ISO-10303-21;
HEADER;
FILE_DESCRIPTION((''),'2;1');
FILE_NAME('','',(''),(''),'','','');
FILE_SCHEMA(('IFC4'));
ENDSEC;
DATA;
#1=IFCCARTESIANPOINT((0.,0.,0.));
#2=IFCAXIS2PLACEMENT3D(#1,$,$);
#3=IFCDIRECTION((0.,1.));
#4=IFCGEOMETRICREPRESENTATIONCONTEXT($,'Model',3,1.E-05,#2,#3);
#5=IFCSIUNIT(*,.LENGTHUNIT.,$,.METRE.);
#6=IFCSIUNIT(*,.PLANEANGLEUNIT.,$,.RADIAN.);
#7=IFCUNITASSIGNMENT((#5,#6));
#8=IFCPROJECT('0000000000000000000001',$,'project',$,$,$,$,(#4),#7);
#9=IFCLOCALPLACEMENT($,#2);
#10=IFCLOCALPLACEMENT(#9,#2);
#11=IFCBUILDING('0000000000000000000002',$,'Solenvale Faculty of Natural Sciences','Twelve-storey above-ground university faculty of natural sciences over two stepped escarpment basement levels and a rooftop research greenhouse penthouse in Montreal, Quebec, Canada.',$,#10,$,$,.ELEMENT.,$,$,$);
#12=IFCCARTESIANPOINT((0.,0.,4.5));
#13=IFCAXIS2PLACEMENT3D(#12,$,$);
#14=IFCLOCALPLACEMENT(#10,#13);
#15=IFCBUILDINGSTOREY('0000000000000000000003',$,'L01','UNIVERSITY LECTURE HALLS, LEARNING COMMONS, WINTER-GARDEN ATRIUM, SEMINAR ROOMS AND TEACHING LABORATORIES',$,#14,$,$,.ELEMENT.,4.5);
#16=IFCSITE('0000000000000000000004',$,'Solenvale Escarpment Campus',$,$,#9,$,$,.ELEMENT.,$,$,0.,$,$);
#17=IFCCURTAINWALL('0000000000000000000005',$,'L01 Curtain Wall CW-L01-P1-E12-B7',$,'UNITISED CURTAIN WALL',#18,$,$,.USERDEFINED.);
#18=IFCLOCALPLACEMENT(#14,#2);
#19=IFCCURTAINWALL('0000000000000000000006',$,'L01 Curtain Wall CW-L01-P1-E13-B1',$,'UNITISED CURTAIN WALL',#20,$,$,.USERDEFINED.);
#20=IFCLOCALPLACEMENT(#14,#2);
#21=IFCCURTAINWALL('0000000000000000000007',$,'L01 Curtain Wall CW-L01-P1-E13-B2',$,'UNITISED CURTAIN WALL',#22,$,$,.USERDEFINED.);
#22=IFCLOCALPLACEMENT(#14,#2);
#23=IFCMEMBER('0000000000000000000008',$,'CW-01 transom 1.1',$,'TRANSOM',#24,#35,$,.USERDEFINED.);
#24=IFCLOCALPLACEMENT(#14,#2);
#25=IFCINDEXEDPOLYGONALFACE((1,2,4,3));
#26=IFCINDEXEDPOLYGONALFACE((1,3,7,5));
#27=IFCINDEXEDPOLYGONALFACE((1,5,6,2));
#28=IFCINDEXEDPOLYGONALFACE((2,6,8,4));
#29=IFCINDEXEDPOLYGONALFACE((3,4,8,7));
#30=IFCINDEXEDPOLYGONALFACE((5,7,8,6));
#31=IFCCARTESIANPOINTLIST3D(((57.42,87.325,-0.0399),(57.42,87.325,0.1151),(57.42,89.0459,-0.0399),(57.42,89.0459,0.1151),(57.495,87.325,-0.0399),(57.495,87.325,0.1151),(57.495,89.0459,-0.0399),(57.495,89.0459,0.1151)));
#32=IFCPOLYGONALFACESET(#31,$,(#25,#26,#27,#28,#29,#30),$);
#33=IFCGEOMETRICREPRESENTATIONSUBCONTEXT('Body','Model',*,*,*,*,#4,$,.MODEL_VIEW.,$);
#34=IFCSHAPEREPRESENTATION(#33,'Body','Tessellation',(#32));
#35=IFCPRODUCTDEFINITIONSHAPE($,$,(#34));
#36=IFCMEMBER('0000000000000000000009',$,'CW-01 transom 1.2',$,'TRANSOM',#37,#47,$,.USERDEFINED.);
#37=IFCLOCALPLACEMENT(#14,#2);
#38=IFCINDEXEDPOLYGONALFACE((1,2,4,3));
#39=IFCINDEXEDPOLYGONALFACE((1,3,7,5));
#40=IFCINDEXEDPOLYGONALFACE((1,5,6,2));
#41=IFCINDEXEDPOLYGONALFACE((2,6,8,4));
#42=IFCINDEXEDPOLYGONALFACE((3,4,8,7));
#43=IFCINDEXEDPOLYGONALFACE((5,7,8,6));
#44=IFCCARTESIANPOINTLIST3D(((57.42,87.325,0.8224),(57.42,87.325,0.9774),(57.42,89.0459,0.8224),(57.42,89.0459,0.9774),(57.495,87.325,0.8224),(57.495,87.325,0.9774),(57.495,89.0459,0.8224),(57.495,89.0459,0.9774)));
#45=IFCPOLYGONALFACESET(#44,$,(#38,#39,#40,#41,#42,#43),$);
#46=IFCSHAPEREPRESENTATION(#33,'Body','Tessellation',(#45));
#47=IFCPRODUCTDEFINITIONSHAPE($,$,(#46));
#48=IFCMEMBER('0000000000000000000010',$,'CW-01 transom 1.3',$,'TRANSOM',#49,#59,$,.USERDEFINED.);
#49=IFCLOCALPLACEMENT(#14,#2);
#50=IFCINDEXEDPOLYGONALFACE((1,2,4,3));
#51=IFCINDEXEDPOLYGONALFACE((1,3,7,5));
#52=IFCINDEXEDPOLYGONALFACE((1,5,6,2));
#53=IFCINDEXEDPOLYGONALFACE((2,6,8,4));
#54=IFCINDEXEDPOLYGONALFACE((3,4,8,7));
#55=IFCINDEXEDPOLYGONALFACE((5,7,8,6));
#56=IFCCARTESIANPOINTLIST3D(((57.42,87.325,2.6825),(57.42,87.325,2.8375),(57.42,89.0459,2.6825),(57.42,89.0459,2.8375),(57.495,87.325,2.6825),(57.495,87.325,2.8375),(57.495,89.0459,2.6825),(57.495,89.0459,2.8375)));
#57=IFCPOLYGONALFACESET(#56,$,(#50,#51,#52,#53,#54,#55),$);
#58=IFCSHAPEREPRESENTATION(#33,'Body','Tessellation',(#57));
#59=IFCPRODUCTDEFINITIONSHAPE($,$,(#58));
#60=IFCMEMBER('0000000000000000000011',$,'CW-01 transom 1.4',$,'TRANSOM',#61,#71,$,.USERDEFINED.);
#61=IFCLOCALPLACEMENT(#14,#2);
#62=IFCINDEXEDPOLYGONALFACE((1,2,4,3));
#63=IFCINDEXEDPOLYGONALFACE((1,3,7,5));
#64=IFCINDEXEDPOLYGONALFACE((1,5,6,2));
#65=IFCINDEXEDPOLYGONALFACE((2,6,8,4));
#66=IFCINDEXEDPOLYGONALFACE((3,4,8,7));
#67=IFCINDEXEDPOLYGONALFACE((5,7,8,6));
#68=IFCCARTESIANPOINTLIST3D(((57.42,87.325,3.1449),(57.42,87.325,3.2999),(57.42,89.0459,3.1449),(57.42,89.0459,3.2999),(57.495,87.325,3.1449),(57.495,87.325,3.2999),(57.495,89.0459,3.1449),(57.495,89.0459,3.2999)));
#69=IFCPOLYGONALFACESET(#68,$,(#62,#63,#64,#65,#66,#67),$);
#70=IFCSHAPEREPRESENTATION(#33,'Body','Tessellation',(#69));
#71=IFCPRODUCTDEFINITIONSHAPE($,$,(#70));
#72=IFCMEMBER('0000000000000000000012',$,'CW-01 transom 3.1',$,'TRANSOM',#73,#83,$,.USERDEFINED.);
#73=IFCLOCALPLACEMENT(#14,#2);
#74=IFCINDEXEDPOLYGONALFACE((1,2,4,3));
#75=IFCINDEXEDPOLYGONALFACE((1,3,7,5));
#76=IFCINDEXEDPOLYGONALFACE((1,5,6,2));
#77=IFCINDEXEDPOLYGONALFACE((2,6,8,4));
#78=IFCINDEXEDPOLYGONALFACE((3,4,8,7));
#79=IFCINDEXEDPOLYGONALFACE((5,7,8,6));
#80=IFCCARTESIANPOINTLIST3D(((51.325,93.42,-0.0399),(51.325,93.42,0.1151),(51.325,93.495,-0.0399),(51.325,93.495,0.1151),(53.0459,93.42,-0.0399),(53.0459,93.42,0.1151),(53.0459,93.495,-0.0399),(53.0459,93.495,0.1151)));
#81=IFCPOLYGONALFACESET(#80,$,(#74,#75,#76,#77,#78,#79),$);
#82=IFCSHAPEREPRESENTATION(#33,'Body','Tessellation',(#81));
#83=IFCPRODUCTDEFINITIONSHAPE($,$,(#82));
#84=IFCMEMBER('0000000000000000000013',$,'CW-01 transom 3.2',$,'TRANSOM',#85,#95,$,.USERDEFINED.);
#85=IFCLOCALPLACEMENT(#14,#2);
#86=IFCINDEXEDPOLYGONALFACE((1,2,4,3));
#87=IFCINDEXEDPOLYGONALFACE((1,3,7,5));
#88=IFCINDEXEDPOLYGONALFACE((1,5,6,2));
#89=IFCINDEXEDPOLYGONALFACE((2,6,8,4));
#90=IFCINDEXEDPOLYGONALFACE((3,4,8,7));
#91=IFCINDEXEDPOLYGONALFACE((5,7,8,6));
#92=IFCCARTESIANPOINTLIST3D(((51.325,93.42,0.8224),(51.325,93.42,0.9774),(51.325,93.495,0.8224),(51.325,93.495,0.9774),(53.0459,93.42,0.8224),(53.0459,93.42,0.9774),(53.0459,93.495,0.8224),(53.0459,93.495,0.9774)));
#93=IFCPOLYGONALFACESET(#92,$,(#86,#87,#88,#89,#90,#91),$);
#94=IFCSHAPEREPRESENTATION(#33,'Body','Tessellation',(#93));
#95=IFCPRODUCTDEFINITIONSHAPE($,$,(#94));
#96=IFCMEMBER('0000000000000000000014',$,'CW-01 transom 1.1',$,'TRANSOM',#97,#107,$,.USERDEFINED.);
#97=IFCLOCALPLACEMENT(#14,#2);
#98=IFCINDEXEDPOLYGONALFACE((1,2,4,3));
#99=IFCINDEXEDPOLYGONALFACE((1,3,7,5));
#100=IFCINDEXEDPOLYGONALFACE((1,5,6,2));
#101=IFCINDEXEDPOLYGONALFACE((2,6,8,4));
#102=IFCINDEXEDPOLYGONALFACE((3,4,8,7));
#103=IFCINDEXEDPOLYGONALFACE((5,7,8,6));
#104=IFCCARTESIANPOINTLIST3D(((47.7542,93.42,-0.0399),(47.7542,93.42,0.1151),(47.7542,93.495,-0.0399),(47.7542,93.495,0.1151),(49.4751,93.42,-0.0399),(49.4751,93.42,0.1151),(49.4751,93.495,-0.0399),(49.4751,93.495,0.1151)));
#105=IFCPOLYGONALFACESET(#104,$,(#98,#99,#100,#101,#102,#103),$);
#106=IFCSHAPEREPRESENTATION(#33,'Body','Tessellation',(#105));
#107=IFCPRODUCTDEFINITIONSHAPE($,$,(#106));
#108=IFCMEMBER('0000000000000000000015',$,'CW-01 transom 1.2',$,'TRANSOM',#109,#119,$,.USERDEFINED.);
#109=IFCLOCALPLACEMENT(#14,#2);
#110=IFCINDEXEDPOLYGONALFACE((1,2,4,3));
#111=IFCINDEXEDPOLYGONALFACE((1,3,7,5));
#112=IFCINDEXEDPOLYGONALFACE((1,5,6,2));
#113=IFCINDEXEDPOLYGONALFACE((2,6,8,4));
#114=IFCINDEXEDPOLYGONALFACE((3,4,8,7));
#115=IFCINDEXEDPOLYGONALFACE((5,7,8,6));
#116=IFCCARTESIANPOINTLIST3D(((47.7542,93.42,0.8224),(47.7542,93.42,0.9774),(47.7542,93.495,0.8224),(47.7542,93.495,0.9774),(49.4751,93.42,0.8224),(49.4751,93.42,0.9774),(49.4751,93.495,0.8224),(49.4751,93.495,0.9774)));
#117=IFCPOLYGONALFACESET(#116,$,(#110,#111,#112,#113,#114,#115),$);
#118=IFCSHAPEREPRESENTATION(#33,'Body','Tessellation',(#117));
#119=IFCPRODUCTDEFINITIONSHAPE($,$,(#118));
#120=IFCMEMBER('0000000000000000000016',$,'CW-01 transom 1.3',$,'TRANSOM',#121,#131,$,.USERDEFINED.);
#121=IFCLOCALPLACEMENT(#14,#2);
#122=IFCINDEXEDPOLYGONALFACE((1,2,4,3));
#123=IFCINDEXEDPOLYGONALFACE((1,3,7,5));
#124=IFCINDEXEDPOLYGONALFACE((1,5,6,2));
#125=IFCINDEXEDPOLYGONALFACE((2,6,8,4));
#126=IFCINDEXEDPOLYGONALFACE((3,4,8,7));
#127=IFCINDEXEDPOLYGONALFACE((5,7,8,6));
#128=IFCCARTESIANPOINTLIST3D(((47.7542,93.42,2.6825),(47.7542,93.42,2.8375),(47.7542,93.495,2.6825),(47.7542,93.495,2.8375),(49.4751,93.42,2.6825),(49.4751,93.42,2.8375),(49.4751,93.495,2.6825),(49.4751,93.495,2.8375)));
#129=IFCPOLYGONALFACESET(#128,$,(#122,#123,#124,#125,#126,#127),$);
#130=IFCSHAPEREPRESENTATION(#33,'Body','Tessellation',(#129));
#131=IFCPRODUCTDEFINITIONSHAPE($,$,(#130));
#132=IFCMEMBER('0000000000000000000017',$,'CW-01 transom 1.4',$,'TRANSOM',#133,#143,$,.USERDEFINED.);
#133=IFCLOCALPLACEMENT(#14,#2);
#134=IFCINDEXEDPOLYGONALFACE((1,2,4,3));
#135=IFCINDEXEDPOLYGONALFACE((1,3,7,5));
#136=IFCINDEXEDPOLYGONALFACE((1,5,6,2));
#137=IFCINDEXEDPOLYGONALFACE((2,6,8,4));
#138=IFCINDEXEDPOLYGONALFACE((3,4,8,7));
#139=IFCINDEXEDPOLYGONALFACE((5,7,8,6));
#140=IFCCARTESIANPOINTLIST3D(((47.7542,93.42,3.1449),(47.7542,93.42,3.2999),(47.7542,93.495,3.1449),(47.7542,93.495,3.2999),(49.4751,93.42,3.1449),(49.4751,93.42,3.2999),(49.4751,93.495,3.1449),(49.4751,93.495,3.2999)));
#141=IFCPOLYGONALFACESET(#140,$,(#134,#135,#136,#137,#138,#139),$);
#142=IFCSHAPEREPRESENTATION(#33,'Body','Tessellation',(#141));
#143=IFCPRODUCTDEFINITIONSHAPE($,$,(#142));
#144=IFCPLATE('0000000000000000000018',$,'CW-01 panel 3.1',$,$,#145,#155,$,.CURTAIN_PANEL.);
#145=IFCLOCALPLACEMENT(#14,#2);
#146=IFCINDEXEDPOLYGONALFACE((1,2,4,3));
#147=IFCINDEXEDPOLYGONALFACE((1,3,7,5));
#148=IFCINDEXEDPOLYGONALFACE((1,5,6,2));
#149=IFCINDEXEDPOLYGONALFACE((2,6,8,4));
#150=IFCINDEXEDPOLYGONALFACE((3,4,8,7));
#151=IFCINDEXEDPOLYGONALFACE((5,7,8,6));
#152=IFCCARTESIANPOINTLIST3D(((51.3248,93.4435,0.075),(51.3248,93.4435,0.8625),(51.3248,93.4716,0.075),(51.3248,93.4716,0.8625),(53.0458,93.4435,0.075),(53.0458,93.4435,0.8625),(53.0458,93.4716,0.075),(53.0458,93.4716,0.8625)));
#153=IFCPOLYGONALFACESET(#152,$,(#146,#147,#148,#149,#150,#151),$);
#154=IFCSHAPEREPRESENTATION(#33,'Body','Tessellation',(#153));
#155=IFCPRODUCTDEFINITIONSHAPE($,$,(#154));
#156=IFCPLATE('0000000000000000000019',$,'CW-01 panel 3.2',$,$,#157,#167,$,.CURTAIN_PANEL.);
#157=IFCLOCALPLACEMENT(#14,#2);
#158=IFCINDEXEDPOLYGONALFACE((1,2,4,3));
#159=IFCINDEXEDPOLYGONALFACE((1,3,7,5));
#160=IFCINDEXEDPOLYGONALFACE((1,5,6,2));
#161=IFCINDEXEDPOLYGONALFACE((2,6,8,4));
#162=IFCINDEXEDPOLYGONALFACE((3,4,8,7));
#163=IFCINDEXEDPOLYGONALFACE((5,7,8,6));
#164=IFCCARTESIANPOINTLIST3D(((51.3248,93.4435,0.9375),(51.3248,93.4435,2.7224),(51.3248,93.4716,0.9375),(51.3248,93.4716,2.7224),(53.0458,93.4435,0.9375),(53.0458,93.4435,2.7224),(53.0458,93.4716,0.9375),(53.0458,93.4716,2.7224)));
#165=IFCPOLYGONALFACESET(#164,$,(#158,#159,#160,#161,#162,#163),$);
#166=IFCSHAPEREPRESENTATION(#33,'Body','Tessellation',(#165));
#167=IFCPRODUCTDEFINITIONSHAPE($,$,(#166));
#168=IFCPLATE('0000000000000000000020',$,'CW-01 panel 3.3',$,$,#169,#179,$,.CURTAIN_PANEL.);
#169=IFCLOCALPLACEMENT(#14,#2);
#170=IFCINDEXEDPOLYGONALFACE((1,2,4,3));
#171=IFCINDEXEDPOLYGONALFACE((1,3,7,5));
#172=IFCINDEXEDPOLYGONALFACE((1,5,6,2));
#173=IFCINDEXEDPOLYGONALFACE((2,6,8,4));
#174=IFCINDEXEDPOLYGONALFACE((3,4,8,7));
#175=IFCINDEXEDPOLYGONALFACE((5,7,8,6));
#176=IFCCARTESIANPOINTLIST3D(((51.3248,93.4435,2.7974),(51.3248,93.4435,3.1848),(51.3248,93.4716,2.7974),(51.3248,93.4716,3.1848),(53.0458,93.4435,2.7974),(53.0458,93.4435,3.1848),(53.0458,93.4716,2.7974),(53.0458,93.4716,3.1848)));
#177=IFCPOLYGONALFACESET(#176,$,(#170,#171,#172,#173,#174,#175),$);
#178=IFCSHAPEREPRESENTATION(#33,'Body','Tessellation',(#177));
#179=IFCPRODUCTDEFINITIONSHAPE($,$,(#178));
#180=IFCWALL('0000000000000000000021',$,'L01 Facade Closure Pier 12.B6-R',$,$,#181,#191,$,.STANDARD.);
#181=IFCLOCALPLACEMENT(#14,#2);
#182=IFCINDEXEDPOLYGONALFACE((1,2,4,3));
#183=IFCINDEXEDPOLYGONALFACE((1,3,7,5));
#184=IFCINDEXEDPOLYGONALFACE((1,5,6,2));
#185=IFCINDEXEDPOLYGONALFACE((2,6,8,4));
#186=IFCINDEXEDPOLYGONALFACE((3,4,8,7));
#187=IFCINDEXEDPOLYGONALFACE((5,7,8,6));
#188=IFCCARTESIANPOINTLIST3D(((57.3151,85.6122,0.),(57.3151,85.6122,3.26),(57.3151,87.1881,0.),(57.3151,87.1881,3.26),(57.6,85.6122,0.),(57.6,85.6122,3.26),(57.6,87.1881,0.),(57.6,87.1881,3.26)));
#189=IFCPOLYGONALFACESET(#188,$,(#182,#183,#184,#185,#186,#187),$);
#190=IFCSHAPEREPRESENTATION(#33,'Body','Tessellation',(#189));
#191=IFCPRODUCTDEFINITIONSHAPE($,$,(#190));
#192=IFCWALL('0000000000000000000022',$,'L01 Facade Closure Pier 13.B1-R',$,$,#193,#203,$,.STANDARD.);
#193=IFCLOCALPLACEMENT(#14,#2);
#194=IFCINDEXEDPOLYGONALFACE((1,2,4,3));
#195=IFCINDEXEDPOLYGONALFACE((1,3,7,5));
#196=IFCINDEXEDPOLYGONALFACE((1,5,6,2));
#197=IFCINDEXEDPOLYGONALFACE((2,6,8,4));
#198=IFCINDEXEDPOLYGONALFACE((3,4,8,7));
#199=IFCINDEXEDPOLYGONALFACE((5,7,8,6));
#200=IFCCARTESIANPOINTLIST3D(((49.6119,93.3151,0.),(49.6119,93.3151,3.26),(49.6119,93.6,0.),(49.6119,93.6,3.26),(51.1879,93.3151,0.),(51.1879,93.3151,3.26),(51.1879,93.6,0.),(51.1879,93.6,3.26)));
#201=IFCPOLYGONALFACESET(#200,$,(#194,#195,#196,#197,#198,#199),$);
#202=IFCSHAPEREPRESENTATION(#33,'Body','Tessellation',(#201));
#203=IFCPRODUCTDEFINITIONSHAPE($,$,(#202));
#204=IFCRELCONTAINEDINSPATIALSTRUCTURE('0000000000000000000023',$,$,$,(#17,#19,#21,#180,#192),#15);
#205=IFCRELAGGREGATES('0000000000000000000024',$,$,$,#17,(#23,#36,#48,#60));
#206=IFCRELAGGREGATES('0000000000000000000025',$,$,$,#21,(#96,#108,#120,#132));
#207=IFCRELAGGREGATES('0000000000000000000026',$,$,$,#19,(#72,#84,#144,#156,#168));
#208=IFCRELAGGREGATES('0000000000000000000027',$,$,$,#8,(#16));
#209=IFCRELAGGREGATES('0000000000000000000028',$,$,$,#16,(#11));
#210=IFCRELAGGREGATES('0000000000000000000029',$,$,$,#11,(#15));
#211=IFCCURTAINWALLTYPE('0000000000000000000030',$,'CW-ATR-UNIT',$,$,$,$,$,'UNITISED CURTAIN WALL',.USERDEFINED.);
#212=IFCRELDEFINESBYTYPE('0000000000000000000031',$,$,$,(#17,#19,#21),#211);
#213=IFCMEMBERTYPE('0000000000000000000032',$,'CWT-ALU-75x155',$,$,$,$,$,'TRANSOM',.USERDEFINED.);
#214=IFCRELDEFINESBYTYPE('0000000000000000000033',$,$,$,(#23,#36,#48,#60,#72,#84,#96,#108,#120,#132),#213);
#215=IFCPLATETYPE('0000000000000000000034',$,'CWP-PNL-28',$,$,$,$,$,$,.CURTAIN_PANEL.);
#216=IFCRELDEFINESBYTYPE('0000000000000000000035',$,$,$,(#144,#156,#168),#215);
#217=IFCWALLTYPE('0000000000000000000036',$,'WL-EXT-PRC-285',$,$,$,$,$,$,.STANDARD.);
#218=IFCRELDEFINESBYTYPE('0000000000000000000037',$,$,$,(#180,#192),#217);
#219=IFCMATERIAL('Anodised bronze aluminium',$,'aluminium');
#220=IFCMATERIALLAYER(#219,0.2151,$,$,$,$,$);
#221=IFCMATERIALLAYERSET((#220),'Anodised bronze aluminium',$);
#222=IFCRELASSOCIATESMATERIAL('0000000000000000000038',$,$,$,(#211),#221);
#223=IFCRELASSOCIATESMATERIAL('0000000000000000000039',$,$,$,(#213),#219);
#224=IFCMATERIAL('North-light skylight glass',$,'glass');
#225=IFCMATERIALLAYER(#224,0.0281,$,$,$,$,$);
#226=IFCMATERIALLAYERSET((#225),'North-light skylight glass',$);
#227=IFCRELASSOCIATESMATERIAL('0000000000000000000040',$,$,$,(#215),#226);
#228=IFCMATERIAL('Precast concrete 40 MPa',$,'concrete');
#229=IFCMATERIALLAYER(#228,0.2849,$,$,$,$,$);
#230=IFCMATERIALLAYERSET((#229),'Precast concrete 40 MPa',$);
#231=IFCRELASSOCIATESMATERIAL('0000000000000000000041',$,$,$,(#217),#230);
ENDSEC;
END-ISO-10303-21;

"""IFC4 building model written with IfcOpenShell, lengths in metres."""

from ifc_helpers import new_model, si_unit, direction, frame, frame_2d, origin, origin_2d, place, context, subcontext, project, spatial, rectangle, extrude, material, layer, layer_set, material_profile, profile_set, type_object, element, aggregate, save


model = new_model("IFC4")

# Units and contexts
model_context = context("Model", 3, precision=1e-05, world=origin(), true_north=direction((0.0, 1.0)))
body_context = subcontext(model_context, "Body", "Model", "MODEL_VIEW")
ifc_project = project(units=[si_unit("LENGTHUNIT", "METRE"), si_unit("PLANEANGLEUNIT", "RADIAN")], contexts=[model_context])

# Site, building, storey
site_placement = place(None, origin())
site = spatial("IfcSite", under=ifc_project, at=site_placement, Name="Solenvale Escarpment Campus", CompositionType="ELEMENT", RefElevation=0.0)
building_placement = place(site_placement, origin())
building = spatial("IfcBuilding", under=site, at=building_placement, Name="Solenvale Faculty of Natural Sciences", Description="Twelve-storey above-ground university faculty of natural sciences over two stepped escarpment basement levels and a rooftop research greenhouse penthouse in Montreal, Quebec, Canada.", CompositionType="ELEMENT")
storey_placement = place(building_placement, frame((0.0, 0.0, 4.5)))
storey = spatial("IfcBuildingStorey", under=building, at=storey_placement, Name="L01", Description="UNIVERSITY LECTURE HALLS, LEARNING COMMONS, WINTER-GARDEN ATRIUM, SEMINAR ROOMS AND TEACHING LABORATORIES", CompositionType="ELEMENT", Elevation=4.5)

# Curtain walls
ifc_material_1 = material(Name="Anodised bronze aluminium", Category="aluminium")
ifc_layer_1 = layer(ifc_material_1, 0.2151)
ifc_layer_set_1 = layer_set([ifc_layer_1], Name="Anodised bronze aluminium")
curtain_wall_type = type_object("IfcCurtainWallType", Name="CW-ATR-UNIT", ElementType="UNITISED CURTAIN WALL", PredefinedType="USERDEFINED", material=ifc_layer_set_1)
curtain_wall_1_placement = place(storey_placement, origin())
curtain_wall_1 = element("IfcCurtainWall", 1, at=curtain_wall_1_placement, inside=storey, type_object=curtain_wall_type, Name="L01 Curtain Wall CW-L01-P1-E12-B7", ObjectType="UNITISED CURTAIN WALL", PredefinedType="USERDEFINED")
curtain_wall_2_placement = place(storey_placement, origin())
curtain_wall_2 = element("IfcCurtainWall", 2, at=curtain_wall_2_placement, inside=storey, type_object=curtain_wall_type, Name="L01 Curtain Wall CW-L01-P1-E13-B1", ObjectType="UNITISED CURTAIN WALL", PredefinedType="USERDEFINED")
curtain_wall_3_placement = place(storey_placement, origin())
curtain_wall_3 = element("IfcCurtainWall", 3, at=curtain_wall_3_placement, inside=storey, type_object=curtain_wall_type, Name="L01 Curtain Wall CW-L01-P1-E13-B2", ObjectType="UNITISED CURTAIN WALL", PredefinedType="USERDEFINED")

# Members
ifc_material_profile_1 = material_profile(ifc_material_1, rectangle(XDim=0.075, YDim=0.155, at=origin_2d()), Name="ALU-TRN-75x155")
ifc_profile_set_1 = profile_set([ifc_material_profile_1], Name="Anodised bronze aluminium")
member_type_1 = type_object("IfcMemberType", Name="CWT-ALU-75x155", ElementType="TRANSOM", PredefinedType="USERDEFINED", material=ifc_profile_set_1)
member_1_placement = place(storey_placement, frame((57.4575, 87.325, 0.0376), z_axis=(0.0, 1.0, 0.0), x_axis=(-1.0, 0.0, 0.0)))
member_1 = element("IfcMember", 4, at=member_1_placement, type_object=member_type_1, Name="CW-01 transom 1.1", ObjectType="TRANSOM", PredefinedType="USERDEFINED", context=body_context, shape_type="SweptSolid", body=[
    extrude(rectangle(XDim=0.075, YDim=0.155, at=origin_2d()), origin(), (0.0, 0.0, 1.0), 1.7209),
])
member_2_placement = place(storey_placement, frame((57.4575, 87.325, 0.8999), z_axis=(0.0, 1.0, 0.0), x_axis=(-1.0, 0.0, 0.0)))
member_2 = element("IfcMember", 5, at=member_2_placement, type_object=member_type_1, Name="CW-01 transom 1.2", ObjectType="TRANSOM", PredefinedType="USERDEFINED", context=body_context, shape_type="SweptSolid", body=[
    extrude(rectangle(XDim=0.075, YDim=0.155, at=origin_2d()), origin(), (0.0, 0.0, 1.0), 1.7209),
])
member_3_placement = place(storey_placement, frame((57.4575, 87.325, 2.76), z_axis=(0.0, 1.0, 0.0), x_axis=(-1.0, 0.0, 0.0)))
member_3 = element("IfcMember", 6, at=member_3_placement, type_object=member_type_1, Name="CW-01 transom 1.3", ObjectType="TRANSOM", PredefinedType="USERDEFINED", context=body_context, shape_type="SweptSolid", body=[
    extrude(rectangle(XDim=0.075, YDim=0.155, at=origin_2d()), origin(), (0.0, 0.0, 1.0), 1.7209),
])
member_4_placement = place(storey_placement, frame((57.4575, 87.325, 3.2224), z_axis=(0.0, 1.0, 0.0), x_axis=(-1.0, 0.0, 0.0)))
member_4 = element("IfcMember", 7, at=member_4_placement, type_object=member_type_1, Name="CW-01 transom 1.4", ObjectType="TRANSOM", PredefinedType="USERDEFINED", context=body_context, shape_type="SweptSolid", body=[
    extrude(rectangle(XDim=0.075, YDim=0.155, at=origin_2d()), origin(), (0.0, 0.0, 1.0), 1.7209),
])
aggregate(curtain_wall_1, [member_1, member_2, member_3, member_4])
member_5_placement = place(storey_placement, frame((53.0459, 93.4575, 0.0376), z_axis=(-1.0, 0.0, 0.0), x_axis=(0.0, -1.0, 0.0)))
member_5 = element("IfcMember", 8, at=member_5_placement, type_object=member_type_1, Name="CW-01 transom 3.1", ObjectType="TRANSOM", PredefinedType="USERDEFINED", context=body_context, shape_type="SweptSolid", body=[
    extrude(rectangle(XDim=0.075, YDim=0.155, at=origin_2d()), origin(), (0.0, 0.0, 1.0), 1.7209),
])
member_6_placement = place(storey_placement, frame((53.0459, 93.4575, 0.8999), z_axis=(-1.0, 0.0, 0.0), x_axis=(0.0, -1.0, 0.0)))
member_6 = element("IfcMember", 9, at=member_6_placement, type_object=member_type_1, Name="CW-01 transom 3.2", ObjectType="TRANSOM", PredefinedType="USERDEFINED", context=body_context, shape_type="SweptSolid", body=[
    extrude(rectangle(XDim=0.075, YDim=0.155, at=origin_2d()), origin(), (0.0, 0.0, 1.0), 1.7209),
])
member_7_placement = place(storey_placement, frame((49.4751, 93.4575, 0.0376), z_axis=(-1.0, 0.0, 0.0), x_axis=(0.0, -1.0, 0.0)))
member_7 = element("IfcMember", 10, at=member_7_placement, type_object=member_type_1, Name="CW-01 transom 1.1", ObjectType="TRANSOM", PredefinedType="USERDEFINED", context=body_context, shape_type="SweptSolid", body=[
    extrude(rectangle(XDim=0.075, YDim=0.155, at=origin_2d()), origin(), (0.0, 0.0, 1.0), 1.7209),
])
member_8_placement = place(storey_placement, frame((49.4751, 93.4575, 0.8999), z_axis=(-1.0, 0.0, 0.0), x_axis=(0.0, -1.0, 0.0)))
member_8 = element("IfcMember", 11, at=member_8_placement, type_object=member_type_1, Name="CW-01 transom 1.2", ObjectType="TRANSOM", PredefinedType="USERDEFINED", context=body_context, shape_type="SweptSolid", body=[
    extrude(rectangle(XDim=0.075, YDim=0.155, at=origin_2d()), origin(), (0.0, 0.0, 1.0), 1.7209),
])
member_9_placement = place(storey_placement, frame((49.4751, 93.4575, 2.76), z_axis=(-1.0, 0.0, 0.0), x_axis=(0.0, -1.0, 0.0)))
member_9 = element("IfcMember", 12, at=member_9_placement, type_object=member_type_1, Name="CW-01 transom 1.3", ObjectType="TRANSOM", PredefinedType="USERDEFINED", context=body_context, shape_type="SweptSolid", body=[
    extrude(rectangle(XDim=0.075, YDim=0.155, at=origin_2d()), origin(), (0.0, 0.0, 1.0), 1.7209),
])
member_10_placement = place(storey_placement, frame((49.4751, 93.4575, 3.2224), z_axis=(-1.0, 0.0, 0.0), x_axis=(0.0, -1.0, 0.0)))
member_10 = element("IfcMember", 13, at=member_10_placement, type_object=member_type_1, Name="CW-01 transom 1.4", ObjectType="TRANSOM", PredefinedType="USERDEFINED", context=body_context, shape_type="SweptSolid", body=[
    extrude(rectangle(XDim=0.075, YDim=0.155, at=origin_2d()), origin(), (0.0, 0.0, 1.0), 1.7209),
])
aggregate(curtain_wall_3, [member_7, member_8, member_9, member_10])

# Plates
ifc_material_2 = material(Name="North-light skylight glass", Category="glass")
ifc_layer_2 = layer(ifc_material_2, 0.0281)
ifc_layer_set_2 = layer_set([ifc_layer_2], Name="North-light skylight glass")
plate_type = type_object("IfcPlateType", Name="CWP-PNL-28", PredefinedType="CURTAIN_PANEL", material=ifc_layer_set_2)
plate_1_placement = place(storey_placement, frame((52.1853, 93.4575, 0.075), z_axis=(0.0, 0.0, 1.0), x_axis=(-1.0, 0.0, 0.0)))
plate_1 = element("IfcPlate", 14, at=plate_1_placement, type_object=plate_type, Name="CW-01 panel 3.1", PredefinedType="CURTAIN_PANEL", context=body_context, shape_type="SweptSolid", body=[
    extrude(rectangle(XDim=1.7209, YDim=0.0281, at=origin_2d()), origin(), (0.0, 0.0, 1.0), 0.7876),
])
plate_2_placement = place(storey_placement, frame((52.1853, 93.4575, 0.9375), z_axis=(0.0, 0.0, 1.0), x_axis=(-1.0, 0.0, 0.0)))
plate_2 = element("IfcPlate", 15, at=plate_2_placement, type_object=plate_type, Name="CW-01 panel 3.2", PredefinedType="CURTAIN_PANEL", context=body_context, shape_type="SweptSolid", body=[
    extrude(rectangle(XDim=1.7209, YDim=0.0281, at=origin_2d()), origin(), (0.0, 0.0, 1.0), 1.7849),
])
plate_3_placement = place(storey_placement, frame((52.1853, 93.4575, 2.7974), z_axis=(0.0, 0.0, 1.0), x_axis=(-1.0, 0.0, 0.0)))
plate_3 = element("IfcPlate", 16, at=plate_3_placement, type_object=plate_type, Name="CW-01 panel 3.3", PredefinedType="CURTAIN_PANEL", context=body_context, shape_type="SweptSolid", body=[
    extrude(rectangle(XDim=1.7209, YDim=0.0281, at=origin_2d()), origin(), (0.0, 0.0, 1.0), 0.3875),
])
aggregate(curtain_wall_2, [member_5, member_6, plate_1, plate_2, plate_3])

# Walls
ifc_material_3 = material(Name="Precast concrete 40 MPa", Category="concrete")
ifc_layer_3 = layer(ifc_material_3, 0.2849)
ifc_layer_set_3 = layer_set([ifc_layer_3], Name="Precast concrete 40 MPa")
wall_type = type_object("IfcWallType", Name="WL-EXT-PRC-285", PredefinedType="STANDARD", material=ifc_layer_set_3)
for number, where, z_axis, x_axis, name in (
    (17, (57.4575, 85.6121, 0.0), (0.0, 0.0, 1.0), (0.0, 1.0, 0.0), "L01 Facade Closure Pier 12.B6-R"),
    (18, (51.188, 93.4575, 0.0), (0.0, 0.0, 1.0), (-1.0, 0.0, 0.0), "L01 Facade Closure Pier 13.B1-R"),
):
    element("IfcWall", number, at=place(storey_placement, frame(where, z_axis=z_axis, x_axis=x_axis)), inside=storey, type_object=wall_type, Name=name, PredefinedType="STANDARD", context=body_context, shape_type="SweptSolid", body=[
        extrude(rectangle(XDim=1.5759, YDim=0.2849, at=frame_2d((0.7881, 0.0))), origin(), (0.0, 0.0, 1.0), 3.26),
    ])

save(model, "model.ifc")
